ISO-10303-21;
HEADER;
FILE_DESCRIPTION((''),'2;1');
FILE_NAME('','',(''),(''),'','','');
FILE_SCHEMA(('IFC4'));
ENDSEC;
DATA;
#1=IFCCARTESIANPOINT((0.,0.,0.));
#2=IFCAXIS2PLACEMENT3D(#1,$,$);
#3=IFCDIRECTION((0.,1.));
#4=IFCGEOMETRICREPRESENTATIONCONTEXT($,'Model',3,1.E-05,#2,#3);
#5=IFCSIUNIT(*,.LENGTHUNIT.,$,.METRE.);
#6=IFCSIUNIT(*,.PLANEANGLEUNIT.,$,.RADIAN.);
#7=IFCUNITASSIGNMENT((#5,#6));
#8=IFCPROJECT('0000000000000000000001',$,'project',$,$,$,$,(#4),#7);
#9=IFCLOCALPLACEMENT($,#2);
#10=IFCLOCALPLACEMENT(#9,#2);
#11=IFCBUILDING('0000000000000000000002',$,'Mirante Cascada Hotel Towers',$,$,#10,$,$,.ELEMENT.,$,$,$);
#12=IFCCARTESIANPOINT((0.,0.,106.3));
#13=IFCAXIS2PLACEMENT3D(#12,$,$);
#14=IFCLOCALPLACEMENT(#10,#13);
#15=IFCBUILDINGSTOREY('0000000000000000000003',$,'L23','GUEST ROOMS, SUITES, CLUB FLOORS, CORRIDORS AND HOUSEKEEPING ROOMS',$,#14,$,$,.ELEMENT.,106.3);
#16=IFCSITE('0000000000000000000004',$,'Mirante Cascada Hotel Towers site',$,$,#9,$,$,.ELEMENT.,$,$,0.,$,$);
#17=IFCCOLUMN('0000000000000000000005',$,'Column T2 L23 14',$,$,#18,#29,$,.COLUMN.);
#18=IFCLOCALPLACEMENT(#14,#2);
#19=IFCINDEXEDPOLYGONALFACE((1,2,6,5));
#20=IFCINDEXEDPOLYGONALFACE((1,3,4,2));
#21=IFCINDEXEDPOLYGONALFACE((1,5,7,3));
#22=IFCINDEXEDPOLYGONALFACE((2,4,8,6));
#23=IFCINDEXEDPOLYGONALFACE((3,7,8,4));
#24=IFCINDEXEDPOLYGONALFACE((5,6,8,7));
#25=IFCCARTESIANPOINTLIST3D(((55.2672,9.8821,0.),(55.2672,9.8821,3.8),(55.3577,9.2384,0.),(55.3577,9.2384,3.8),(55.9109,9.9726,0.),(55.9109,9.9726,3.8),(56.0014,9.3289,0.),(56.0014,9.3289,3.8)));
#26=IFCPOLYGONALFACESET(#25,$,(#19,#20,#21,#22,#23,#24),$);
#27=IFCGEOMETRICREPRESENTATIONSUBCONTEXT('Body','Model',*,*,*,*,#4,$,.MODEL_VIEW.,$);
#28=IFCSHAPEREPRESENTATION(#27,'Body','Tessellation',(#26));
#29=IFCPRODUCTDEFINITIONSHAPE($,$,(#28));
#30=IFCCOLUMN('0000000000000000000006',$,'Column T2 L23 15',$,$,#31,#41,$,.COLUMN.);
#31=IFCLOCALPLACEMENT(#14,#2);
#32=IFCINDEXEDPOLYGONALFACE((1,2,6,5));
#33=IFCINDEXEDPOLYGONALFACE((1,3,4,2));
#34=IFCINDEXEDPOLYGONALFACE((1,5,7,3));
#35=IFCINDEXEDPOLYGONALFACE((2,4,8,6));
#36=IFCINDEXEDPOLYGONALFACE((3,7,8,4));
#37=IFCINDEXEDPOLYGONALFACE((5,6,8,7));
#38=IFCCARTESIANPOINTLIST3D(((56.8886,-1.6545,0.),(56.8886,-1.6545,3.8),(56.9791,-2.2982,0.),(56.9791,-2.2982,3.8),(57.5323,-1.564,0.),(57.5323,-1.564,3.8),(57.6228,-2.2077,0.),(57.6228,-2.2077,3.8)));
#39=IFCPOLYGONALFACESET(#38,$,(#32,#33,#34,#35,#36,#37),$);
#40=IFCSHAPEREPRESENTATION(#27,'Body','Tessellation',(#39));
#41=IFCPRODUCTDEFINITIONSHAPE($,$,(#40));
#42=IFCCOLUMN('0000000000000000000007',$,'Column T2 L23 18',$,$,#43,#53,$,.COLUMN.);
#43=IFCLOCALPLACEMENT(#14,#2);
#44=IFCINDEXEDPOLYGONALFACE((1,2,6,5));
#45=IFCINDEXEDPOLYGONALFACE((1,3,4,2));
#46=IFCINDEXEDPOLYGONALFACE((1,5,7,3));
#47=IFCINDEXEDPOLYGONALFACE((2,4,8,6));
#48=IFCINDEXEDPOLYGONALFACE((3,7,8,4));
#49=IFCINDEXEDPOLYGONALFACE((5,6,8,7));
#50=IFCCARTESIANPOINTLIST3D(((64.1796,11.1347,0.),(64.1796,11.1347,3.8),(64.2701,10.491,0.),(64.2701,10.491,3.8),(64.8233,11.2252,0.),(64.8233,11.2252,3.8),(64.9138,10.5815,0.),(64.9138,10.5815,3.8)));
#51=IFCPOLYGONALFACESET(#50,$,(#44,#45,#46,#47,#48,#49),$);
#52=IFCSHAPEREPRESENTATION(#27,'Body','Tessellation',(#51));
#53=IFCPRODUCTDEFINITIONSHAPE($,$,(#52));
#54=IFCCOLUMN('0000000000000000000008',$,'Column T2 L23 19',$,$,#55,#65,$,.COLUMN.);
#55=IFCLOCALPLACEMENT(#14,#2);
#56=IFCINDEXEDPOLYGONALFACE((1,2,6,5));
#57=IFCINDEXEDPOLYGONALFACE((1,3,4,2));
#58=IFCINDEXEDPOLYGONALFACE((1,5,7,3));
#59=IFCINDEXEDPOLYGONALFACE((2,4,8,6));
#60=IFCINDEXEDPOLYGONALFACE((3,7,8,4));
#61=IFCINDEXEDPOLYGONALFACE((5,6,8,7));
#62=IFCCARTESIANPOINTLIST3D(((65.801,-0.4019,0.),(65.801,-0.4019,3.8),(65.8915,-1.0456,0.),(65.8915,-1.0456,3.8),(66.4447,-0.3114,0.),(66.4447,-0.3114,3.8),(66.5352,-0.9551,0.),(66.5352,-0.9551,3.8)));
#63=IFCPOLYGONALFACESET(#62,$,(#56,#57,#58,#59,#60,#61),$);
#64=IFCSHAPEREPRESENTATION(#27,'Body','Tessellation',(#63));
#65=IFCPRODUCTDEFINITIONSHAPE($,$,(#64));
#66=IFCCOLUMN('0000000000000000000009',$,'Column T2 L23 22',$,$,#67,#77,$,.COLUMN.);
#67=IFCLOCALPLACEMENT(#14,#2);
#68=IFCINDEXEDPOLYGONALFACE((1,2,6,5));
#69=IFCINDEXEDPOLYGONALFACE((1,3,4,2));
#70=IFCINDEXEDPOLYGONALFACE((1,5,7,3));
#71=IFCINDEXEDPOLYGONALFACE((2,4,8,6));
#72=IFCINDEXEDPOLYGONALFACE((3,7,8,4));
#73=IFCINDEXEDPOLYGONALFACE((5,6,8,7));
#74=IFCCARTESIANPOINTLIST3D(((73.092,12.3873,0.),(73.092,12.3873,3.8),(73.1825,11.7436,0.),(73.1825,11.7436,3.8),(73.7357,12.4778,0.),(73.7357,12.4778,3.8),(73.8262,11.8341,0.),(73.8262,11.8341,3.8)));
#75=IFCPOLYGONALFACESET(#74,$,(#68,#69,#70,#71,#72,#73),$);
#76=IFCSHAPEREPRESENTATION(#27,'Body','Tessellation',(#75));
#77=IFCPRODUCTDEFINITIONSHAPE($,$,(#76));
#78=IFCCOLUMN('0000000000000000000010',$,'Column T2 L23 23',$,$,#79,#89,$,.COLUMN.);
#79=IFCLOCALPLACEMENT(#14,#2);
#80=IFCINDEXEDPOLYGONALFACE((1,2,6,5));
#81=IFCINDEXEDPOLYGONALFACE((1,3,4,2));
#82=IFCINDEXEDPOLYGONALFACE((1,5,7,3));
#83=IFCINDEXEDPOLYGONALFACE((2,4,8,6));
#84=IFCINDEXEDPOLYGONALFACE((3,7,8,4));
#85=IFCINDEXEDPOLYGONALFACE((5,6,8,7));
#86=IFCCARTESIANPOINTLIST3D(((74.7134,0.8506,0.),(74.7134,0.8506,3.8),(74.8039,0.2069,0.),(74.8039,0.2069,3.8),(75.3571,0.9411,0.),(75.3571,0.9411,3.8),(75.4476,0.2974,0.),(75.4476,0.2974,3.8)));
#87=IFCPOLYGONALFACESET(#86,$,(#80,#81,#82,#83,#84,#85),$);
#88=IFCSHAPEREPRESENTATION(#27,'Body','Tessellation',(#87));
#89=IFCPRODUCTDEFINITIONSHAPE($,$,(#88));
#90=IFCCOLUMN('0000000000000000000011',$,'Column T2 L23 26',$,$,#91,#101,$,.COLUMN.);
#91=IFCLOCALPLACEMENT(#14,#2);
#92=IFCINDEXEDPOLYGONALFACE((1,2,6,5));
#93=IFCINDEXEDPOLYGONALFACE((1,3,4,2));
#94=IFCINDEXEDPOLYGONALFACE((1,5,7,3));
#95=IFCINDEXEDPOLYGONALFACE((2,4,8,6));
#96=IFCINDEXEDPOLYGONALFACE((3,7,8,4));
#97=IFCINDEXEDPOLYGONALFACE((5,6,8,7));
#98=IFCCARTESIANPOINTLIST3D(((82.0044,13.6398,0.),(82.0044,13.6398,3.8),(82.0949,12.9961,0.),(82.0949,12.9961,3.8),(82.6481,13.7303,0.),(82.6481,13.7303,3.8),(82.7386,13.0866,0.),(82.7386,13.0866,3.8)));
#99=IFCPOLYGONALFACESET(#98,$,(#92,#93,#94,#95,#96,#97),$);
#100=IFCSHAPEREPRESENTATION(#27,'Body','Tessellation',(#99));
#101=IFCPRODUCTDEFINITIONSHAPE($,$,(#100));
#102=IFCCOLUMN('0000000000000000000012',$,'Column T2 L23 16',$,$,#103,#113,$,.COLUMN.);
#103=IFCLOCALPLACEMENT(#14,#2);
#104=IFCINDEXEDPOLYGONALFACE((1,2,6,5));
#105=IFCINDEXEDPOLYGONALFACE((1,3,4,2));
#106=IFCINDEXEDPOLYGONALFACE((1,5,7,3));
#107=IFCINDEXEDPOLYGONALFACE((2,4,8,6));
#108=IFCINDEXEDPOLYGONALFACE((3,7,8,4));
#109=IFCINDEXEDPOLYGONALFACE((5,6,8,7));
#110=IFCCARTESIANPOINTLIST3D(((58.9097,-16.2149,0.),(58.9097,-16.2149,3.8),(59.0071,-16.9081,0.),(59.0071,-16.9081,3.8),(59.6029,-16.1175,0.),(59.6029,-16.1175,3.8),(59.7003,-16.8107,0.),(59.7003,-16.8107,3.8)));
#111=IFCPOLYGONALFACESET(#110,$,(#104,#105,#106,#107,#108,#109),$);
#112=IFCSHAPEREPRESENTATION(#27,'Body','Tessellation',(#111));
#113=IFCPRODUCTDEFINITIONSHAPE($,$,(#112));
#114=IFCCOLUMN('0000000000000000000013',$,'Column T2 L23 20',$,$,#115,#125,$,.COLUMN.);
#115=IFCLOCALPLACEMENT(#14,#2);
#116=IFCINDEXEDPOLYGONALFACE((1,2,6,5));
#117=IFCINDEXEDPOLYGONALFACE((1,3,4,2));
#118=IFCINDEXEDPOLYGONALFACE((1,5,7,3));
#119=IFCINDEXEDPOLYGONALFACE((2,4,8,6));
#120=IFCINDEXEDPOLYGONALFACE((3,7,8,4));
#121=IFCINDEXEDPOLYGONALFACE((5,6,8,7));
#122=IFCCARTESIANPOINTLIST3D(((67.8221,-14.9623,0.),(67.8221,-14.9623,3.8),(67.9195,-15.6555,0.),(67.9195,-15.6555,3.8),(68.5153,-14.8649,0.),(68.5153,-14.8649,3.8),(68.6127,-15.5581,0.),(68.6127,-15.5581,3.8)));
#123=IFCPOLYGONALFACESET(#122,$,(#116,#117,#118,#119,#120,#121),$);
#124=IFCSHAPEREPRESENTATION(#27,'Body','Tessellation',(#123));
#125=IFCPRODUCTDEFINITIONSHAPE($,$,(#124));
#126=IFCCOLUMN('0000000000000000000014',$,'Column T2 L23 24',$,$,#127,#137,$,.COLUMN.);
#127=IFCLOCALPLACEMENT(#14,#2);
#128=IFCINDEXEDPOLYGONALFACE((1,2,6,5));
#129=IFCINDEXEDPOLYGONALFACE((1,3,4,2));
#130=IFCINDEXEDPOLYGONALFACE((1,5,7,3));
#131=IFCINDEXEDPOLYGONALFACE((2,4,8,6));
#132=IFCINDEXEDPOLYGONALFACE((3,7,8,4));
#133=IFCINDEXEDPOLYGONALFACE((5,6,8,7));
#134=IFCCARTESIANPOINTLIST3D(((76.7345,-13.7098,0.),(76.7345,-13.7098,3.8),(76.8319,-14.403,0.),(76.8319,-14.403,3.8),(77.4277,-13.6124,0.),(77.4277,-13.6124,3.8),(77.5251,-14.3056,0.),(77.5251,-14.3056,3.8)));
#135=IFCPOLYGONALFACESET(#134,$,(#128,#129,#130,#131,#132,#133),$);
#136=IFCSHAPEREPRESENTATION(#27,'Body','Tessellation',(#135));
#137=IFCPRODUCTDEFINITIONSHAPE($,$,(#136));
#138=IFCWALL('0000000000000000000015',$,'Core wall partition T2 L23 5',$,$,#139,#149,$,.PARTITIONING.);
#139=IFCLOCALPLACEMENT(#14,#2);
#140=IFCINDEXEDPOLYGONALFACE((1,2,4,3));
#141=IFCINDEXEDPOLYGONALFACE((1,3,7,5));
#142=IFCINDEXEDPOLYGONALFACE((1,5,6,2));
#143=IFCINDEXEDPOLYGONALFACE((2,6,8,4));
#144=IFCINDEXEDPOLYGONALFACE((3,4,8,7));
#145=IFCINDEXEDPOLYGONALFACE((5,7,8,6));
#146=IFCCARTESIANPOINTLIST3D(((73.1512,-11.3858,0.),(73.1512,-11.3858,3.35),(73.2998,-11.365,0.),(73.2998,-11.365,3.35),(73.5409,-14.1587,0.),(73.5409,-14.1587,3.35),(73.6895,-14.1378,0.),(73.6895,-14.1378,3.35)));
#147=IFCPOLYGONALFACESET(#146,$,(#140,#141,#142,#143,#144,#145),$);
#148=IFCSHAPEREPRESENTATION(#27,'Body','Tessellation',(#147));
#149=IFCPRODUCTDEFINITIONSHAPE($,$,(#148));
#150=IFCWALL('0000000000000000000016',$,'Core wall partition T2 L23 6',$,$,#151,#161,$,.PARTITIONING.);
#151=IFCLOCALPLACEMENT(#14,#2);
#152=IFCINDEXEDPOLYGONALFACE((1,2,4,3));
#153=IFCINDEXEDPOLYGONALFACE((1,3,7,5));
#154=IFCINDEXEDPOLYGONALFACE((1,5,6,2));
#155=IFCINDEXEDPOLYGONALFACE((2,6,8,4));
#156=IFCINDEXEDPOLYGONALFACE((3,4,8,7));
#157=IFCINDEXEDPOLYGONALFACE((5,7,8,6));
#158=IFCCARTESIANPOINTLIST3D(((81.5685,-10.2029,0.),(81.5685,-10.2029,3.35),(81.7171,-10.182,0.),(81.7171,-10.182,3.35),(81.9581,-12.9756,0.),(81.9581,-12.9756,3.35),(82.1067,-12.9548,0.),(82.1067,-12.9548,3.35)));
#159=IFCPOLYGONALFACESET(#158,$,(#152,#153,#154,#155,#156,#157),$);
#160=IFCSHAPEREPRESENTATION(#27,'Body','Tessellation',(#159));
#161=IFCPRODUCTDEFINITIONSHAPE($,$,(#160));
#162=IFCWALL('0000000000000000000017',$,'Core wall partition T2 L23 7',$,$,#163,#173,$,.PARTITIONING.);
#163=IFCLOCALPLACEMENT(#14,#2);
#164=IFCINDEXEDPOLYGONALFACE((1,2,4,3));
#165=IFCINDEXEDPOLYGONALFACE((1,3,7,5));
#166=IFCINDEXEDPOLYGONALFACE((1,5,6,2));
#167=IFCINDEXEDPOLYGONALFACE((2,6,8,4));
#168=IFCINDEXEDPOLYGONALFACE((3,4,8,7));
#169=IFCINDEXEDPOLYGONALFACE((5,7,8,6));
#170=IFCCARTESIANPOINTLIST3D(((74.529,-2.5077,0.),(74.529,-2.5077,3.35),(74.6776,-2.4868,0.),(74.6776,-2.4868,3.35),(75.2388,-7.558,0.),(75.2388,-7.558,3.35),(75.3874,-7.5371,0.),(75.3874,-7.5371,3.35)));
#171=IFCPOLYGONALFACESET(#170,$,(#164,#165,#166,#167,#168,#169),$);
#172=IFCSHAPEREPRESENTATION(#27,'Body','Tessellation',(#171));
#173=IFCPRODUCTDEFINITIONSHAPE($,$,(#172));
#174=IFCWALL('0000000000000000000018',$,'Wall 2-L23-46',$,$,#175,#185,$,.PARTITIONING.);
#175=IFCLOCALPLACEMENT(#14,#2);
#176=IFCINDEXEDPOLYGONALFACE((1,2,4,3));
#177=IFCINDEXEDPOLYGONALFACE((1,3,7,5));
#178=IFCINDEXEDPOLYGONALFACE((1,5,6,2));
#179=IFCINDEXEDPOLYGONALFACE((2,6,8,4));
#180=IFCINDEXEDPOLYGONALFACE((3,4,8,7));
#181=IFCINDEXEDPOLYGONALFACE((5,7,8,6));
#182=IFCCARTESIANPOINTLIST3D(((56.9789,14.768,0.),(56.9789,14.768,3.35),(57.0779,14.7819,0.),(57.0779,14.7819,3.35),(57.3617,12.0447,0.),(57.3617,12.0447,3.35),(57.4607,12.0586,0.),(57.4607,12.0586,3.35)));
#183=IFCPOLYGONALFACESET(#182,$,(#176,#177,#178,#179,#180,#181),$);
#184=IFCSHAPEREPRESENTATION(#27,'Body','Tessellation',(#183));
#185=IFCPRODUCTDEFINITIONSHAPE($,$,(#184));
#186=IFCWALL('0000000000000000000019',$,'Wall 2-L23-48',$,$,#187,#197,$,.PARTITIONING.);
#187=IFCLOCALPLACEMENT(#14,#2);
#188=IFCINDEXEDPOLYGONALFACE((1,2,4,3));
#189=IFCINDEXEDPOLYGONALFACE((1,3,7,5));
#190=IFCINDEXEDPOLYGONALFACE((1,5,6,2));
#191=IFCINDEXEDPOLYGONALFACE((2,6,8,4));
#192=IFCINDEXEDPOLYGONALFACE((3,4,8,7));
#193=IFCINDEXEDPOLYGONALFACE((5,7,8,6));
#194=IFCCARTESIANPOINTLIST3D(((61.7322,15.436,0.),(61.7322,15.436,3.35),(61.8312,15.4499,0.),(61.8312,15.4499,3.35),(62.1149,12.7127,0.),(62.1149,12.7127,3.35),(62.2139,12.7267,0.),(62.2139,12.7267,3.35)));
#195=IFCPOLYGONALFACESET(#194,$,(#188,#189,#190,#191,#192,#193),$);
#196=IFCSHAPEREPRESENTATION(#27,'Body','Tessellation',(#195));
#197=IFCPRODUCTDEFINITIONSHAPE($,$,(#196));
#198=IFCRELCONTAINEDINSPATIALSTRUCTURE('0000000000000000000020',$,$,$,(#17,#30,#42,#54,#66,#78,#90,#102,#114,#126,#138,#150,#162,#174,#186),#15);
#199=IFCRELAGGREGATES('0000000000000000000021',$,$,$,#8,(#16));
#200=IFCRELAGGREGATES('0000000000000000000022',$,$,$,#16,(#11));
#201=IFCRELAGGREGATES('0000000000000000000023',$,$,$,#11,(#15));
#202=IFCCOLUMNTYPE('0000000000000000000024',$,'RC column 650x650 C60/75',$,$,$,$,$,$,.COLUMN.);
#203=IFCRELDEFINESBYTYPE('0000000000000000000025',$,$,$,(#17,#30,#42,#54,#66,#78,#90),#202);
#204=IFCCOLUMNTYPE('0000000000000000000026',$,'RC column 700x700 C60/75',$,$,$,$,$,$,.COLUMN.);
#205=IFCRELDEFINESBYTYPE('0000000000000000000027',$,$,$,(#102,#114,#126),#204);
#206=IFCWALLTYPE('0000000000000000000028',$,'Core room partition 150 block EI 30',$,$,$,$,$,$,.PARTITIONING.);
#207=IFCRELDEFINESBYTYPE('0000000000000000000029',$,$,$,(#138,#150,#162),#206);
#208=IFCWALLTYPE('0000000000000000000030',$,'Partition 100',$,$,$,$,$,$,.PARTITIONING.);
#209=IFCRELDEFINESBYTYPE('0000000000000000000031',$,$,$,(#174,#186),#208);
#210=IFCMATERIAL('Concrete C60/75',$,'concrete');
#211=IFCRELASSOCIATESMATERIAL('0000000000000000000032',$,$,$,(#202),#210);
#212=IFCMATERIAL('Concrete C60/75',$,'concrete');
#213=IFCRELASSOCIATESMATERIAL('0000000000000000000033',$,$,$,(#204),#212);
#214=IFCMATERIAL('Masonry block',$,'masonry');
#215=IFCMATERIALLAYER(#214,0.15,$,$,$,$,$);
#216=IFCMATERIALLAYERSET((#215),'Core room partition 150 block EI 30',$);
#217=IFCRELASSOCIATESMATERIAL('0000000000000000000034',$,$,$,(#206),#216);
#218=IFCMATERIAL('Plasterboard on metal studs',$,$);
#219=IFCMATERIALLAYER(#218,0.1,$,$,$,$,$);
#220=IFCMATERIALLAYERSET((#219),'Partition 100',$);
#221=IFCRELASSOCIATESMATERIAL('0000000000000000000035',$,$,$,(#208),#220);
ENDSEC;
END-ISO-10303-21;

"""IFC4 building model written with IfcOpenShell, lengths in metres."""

from ifc_helpers import new_model, si_unit, direction, frame, frame_2d, origin, origin_2d, place, context, subcontext, project, spatial, rectangle, extrude, material, layer, layer_set, material_profile, profile_set, type_object, element, save


model = new_model("IFC4")

# Units and contexts
model_context = context("Model", 3, precision=1e-05, world=origin(), true_north=direction((0.0, 1.0)))
body_context = subcontext(model_context, "Body", "Model", "MODEL_VIEW")
ifc_project = project(units=[si_unit("LENGTHUNIT", "METRE"), si_unit("PLANEANGLEUNIT", "RADIAN")], contexts=[model_context])

# Site, building, storey
site_placement = place(None, origin())
site = spatial("IfcSite", under=ifc_project, at=site_placement, Name="Mirante Cascada Hotel Towers site", CompositionType="ELEMENT", RefElevation=0.0)
building_placement = place(site_placement, origin())
building = spatial("IfcBuilding", under=site, at=building_placement, Name="Mirante Cascada Hotel Towers", CompositionType="ELEMENT")
storey_placement = place(building_placement, frame((0.0, 0.0, 106.3)))
storey = spatial("IfcBuildingStorey", under=building, at=storey_placement, Name="L23", Description="GUEST ROOMS, SUITES, CLUB FLOORS, CORRIDORS AND HOUSEKEEPING ROOMS", CompositionType="ELEMENT", Elevation=106.3)

# Columns
ifc_material_1 = material(Name="Concrete C60/75", Category="concrete")
ifc_material_profile_1 = material_profile(ifc_material_1, rectangle(XDim=0.65, YDim=0.65, at=origin_2d()), Name="RC column 650x650 C60/75")
ifc_profile_set_1 = profile_set([ifc_material_profile_1], Name="Concrete C60/75")
column_type_1 = type_object("IfcColumnType", Name="RC column 650x650 C60/75", PredefinedType="COLUMN", material=ifc_profile_set_1)
for number, where, z_axis, x_axis, name in (
    (1, (55.6343, 9.6055, 0.0), (0.0, 0.0, 1.0), (0.990268, 0.139173, 0.0), "Column T2 L23 14"),
    (2, (57.2557, -1.9311, 0.0), (0.0, 0.0, 1.0), (0.990268, 0.139173, 0.0), "Column T2 L23 15"),
    (3, (64.5467, 10.8581, 0.0), (0.0, 0.0, 1.0), (0.990268, 0.139173, 0.0), "Column T2 L23 18"),
    (4, (66.1681, -0.6785, 0.0), (0.0, 0.0, 1.0), (0.990268, 0.139173, 0.0), "Column T2 L23 19"),
    (5, (73.4591, 12.1107, 0.0), (0.0, 0.0, 1.0), (0.990268, 0.139173, 0.0), "Column T2 L23 22"),
    (6, (75.0805, 0.574, 0.0), (0.0, 0.0, 1.0), (0.990268, 0.139173, 0.0), "Column T2 L23 23"),
    (7, (82.3715, 13.3632, 0.0), (0.0, 0.0, 1.0), (0.990268, 0.139173, 0.0), "Column T2 L23 26"),
):
    element("IfcColumn", number, at=place(storey_placement, frame(where, z_axis=z_axis, x_axis=x_axis)), inside=storey, type_object=column_type_1, Name=name, PredefinedType="COLUMN", context=body_context, shape_type="SweptSolid", body=[
        extrude(rectangle(XDim=0.65, YDim=0.65, at=origin_2d()), origin(), (0.0, 0.0, 1.0), 3.8),
    ])
ifc_material_2 = material(Name="Concrete C60/75", Category="concrete")
ifc_material_profile_2 = material_profile(ifc_material_2, rectangle(XDim=0.7, YDim=0.7, at=origin_2d()), Name="RC column 700x700 C60/75")
ifc_profile_set_2 = profile_set([ifc_material_profile_2], Name="Concrete C60/75")
column_type_2 = type_object("IfcColumnType", Name="RC column 700x700 C60/75", PredefinedType="COLUMN", material=ifc_profile_set_2)
for number, where, z_axis, x_axis, name in (
    (8, (59.305, -16.5128, 0.0), (0.0, 0.0, 1.0), (0.990268, 0.139173, 0.0), "Column T2 L23 16"),
    (9, (68.2174, -15.2602, 0.0), (0.0, 0.0, 1.0), (0.990268, 0.139173, 0.0), "Column T2 L23 20"),
    (10, (77.1298, -14.0077, 0.0), (0.0, 0.0, 1.0), (0.990268, 0.139173, 0.0), "Column T2 L23 24"),
):
    element("IfcColumn", number, at=place(storey_placement, frame(where, z_axis=z_axis, x_axis=x_axis)), inside=storey, type_object=column_type_2, Name=name, PredefinedType="COLUMN", context=body_context, shape_type="SweptSolid", body=[
        extrude(rectangle(XDim=0.7, YDim=0.7, at=origin_2d()), origin(), (0.0, 0.0, 1.0), 3.8),
    ])

# Walls
ifc_material_3 = material(Name="Masonry block", Category="masonry")
ifc_layer_1 = layer(ifc_material_3, 0.15)
ifc_layer_set_1 = layer_set([ifc_layer_1], Name="Core room partition 150 block EI 30")
wall_type_1 = type_object("IfcWallType", Name="Core room partition 150 block EI 30", PredefinedType="PARTITIONING", material=ifc_layer_set_1)
wall_1_placement = place(storey_placement, frame((73.6152, -14.1482, 0.0), z_axis=(0.0, 0.0, 1.0), x_axis=(-0.139176, 0.990268, 0.0)))
element("IfcWall", 11, at=wall_1_placement, inside=storey, type_object=wall_type_1, Name="Core wall partition T2 L23 5", PredefinedType="PARTITIONING", context=body_context, shape_type="SweptSolid", body=[
    extrude(rectangle(XDim=2.8001, YDim=0.15, at=frame_2d((1.4, 0.0))), origin(), (0.0, 0.0, 1.0), 3.35),
])
wall_2_placement = place(storey_placement, frame((82.0324, -12.9652, 0.0), z_axis=(0.0, 0.0, 1.0), x_axis=(-0.139141, 0.990273, 0.0)))
element("IfcWall", 12, at=wall_2_placement, inside=storey, type_object=wall_type_1, Name="Core wall partition T2 L23 6", PredefinedType="PARTITIONING", context=body_context, shape_type="SweptSolid", body=[
    extrude(rectangle(XDim=2.8, YDim=0.15, at=frame_2d((1.4, 0.0))), origin(), (0.0, 0.0, 1.0), 3.35),
])
wall_3_placement = place(storey_placement, frame((75.3131, -7.5476, 0.0), z_axis=(0.0, 0.0, 1.0), x_axis=(-0.139178, 0.990267, 0.0)))
element("IfcWall", 13, at=wall_3_placement, inside=storey, type_object=wall_type_1, Name="Core wall partition T2 L23 7", PredefinedType="PARTITIONING", context=body_context, shape_type="SweptSolid", body=[
    extrude(rectangle(XDim=5.0999, YDim=0.15, at=frame_2d((2.55, 0.0))), origin(), (0.0, 0.0, 1.0), 3.35),
])
ifc_material_4 = material(Name="Plasterboard on metal studs")
ifc_layer_2 = layer(ifc_material_4, 0.1)
ifc_layer_set_2 = layer_set([ifc_layer_2], Name="Partition 100")
wall_type_2 = type_object("IfcWallType", Name="Partition 100", PredefinedType="PARTITIONING", material=ifc_layer_set_2)
wall_4_placement = place(storey_placement, frame((57.4112, 12.0516, 0.0), z_axis=(0.0, 0.0, 1.0), x_axis=(-0.139196, 0.990265, 0.0)))
element("IfcWall", 14, at=wall_4_placement, inside=storey, type_object=wall_type_2, Name="Wall 2-L23-46", PredefinedType="PARTITIONING", context=body_context, shape_type="SweptSolid", body=[
    extrude(rectangle(XDim=2.7501, YDim=0.1, at=frame_2d((1.3751, 0.0))), origin(), (0.0, 0.0, 1.0), 3.35),
])
wall_5_placement = place(storey_placement, frame((62.1644, 12.7197, 0.0), z_axis=(0.0, 0.0, 1.0), x_axis=(-0.139166, 0.990269, 0.0)))
element("IfcWall", 15, at=wall_5_placement, inside=storey, type_object=wall_type_2, Name="Wall 2-L23-48", PredefinedType="PARTITIONING", context=body_context, shape_type="SweptSolid", body=[
    extrude(rectangle(XDim=2.75, YDim=0.1, at=frame_2d((1.375, 0.0))), origin(), (0.0, 0.0, 1.0), 3.35),
])

save(model, "model.ifc")
